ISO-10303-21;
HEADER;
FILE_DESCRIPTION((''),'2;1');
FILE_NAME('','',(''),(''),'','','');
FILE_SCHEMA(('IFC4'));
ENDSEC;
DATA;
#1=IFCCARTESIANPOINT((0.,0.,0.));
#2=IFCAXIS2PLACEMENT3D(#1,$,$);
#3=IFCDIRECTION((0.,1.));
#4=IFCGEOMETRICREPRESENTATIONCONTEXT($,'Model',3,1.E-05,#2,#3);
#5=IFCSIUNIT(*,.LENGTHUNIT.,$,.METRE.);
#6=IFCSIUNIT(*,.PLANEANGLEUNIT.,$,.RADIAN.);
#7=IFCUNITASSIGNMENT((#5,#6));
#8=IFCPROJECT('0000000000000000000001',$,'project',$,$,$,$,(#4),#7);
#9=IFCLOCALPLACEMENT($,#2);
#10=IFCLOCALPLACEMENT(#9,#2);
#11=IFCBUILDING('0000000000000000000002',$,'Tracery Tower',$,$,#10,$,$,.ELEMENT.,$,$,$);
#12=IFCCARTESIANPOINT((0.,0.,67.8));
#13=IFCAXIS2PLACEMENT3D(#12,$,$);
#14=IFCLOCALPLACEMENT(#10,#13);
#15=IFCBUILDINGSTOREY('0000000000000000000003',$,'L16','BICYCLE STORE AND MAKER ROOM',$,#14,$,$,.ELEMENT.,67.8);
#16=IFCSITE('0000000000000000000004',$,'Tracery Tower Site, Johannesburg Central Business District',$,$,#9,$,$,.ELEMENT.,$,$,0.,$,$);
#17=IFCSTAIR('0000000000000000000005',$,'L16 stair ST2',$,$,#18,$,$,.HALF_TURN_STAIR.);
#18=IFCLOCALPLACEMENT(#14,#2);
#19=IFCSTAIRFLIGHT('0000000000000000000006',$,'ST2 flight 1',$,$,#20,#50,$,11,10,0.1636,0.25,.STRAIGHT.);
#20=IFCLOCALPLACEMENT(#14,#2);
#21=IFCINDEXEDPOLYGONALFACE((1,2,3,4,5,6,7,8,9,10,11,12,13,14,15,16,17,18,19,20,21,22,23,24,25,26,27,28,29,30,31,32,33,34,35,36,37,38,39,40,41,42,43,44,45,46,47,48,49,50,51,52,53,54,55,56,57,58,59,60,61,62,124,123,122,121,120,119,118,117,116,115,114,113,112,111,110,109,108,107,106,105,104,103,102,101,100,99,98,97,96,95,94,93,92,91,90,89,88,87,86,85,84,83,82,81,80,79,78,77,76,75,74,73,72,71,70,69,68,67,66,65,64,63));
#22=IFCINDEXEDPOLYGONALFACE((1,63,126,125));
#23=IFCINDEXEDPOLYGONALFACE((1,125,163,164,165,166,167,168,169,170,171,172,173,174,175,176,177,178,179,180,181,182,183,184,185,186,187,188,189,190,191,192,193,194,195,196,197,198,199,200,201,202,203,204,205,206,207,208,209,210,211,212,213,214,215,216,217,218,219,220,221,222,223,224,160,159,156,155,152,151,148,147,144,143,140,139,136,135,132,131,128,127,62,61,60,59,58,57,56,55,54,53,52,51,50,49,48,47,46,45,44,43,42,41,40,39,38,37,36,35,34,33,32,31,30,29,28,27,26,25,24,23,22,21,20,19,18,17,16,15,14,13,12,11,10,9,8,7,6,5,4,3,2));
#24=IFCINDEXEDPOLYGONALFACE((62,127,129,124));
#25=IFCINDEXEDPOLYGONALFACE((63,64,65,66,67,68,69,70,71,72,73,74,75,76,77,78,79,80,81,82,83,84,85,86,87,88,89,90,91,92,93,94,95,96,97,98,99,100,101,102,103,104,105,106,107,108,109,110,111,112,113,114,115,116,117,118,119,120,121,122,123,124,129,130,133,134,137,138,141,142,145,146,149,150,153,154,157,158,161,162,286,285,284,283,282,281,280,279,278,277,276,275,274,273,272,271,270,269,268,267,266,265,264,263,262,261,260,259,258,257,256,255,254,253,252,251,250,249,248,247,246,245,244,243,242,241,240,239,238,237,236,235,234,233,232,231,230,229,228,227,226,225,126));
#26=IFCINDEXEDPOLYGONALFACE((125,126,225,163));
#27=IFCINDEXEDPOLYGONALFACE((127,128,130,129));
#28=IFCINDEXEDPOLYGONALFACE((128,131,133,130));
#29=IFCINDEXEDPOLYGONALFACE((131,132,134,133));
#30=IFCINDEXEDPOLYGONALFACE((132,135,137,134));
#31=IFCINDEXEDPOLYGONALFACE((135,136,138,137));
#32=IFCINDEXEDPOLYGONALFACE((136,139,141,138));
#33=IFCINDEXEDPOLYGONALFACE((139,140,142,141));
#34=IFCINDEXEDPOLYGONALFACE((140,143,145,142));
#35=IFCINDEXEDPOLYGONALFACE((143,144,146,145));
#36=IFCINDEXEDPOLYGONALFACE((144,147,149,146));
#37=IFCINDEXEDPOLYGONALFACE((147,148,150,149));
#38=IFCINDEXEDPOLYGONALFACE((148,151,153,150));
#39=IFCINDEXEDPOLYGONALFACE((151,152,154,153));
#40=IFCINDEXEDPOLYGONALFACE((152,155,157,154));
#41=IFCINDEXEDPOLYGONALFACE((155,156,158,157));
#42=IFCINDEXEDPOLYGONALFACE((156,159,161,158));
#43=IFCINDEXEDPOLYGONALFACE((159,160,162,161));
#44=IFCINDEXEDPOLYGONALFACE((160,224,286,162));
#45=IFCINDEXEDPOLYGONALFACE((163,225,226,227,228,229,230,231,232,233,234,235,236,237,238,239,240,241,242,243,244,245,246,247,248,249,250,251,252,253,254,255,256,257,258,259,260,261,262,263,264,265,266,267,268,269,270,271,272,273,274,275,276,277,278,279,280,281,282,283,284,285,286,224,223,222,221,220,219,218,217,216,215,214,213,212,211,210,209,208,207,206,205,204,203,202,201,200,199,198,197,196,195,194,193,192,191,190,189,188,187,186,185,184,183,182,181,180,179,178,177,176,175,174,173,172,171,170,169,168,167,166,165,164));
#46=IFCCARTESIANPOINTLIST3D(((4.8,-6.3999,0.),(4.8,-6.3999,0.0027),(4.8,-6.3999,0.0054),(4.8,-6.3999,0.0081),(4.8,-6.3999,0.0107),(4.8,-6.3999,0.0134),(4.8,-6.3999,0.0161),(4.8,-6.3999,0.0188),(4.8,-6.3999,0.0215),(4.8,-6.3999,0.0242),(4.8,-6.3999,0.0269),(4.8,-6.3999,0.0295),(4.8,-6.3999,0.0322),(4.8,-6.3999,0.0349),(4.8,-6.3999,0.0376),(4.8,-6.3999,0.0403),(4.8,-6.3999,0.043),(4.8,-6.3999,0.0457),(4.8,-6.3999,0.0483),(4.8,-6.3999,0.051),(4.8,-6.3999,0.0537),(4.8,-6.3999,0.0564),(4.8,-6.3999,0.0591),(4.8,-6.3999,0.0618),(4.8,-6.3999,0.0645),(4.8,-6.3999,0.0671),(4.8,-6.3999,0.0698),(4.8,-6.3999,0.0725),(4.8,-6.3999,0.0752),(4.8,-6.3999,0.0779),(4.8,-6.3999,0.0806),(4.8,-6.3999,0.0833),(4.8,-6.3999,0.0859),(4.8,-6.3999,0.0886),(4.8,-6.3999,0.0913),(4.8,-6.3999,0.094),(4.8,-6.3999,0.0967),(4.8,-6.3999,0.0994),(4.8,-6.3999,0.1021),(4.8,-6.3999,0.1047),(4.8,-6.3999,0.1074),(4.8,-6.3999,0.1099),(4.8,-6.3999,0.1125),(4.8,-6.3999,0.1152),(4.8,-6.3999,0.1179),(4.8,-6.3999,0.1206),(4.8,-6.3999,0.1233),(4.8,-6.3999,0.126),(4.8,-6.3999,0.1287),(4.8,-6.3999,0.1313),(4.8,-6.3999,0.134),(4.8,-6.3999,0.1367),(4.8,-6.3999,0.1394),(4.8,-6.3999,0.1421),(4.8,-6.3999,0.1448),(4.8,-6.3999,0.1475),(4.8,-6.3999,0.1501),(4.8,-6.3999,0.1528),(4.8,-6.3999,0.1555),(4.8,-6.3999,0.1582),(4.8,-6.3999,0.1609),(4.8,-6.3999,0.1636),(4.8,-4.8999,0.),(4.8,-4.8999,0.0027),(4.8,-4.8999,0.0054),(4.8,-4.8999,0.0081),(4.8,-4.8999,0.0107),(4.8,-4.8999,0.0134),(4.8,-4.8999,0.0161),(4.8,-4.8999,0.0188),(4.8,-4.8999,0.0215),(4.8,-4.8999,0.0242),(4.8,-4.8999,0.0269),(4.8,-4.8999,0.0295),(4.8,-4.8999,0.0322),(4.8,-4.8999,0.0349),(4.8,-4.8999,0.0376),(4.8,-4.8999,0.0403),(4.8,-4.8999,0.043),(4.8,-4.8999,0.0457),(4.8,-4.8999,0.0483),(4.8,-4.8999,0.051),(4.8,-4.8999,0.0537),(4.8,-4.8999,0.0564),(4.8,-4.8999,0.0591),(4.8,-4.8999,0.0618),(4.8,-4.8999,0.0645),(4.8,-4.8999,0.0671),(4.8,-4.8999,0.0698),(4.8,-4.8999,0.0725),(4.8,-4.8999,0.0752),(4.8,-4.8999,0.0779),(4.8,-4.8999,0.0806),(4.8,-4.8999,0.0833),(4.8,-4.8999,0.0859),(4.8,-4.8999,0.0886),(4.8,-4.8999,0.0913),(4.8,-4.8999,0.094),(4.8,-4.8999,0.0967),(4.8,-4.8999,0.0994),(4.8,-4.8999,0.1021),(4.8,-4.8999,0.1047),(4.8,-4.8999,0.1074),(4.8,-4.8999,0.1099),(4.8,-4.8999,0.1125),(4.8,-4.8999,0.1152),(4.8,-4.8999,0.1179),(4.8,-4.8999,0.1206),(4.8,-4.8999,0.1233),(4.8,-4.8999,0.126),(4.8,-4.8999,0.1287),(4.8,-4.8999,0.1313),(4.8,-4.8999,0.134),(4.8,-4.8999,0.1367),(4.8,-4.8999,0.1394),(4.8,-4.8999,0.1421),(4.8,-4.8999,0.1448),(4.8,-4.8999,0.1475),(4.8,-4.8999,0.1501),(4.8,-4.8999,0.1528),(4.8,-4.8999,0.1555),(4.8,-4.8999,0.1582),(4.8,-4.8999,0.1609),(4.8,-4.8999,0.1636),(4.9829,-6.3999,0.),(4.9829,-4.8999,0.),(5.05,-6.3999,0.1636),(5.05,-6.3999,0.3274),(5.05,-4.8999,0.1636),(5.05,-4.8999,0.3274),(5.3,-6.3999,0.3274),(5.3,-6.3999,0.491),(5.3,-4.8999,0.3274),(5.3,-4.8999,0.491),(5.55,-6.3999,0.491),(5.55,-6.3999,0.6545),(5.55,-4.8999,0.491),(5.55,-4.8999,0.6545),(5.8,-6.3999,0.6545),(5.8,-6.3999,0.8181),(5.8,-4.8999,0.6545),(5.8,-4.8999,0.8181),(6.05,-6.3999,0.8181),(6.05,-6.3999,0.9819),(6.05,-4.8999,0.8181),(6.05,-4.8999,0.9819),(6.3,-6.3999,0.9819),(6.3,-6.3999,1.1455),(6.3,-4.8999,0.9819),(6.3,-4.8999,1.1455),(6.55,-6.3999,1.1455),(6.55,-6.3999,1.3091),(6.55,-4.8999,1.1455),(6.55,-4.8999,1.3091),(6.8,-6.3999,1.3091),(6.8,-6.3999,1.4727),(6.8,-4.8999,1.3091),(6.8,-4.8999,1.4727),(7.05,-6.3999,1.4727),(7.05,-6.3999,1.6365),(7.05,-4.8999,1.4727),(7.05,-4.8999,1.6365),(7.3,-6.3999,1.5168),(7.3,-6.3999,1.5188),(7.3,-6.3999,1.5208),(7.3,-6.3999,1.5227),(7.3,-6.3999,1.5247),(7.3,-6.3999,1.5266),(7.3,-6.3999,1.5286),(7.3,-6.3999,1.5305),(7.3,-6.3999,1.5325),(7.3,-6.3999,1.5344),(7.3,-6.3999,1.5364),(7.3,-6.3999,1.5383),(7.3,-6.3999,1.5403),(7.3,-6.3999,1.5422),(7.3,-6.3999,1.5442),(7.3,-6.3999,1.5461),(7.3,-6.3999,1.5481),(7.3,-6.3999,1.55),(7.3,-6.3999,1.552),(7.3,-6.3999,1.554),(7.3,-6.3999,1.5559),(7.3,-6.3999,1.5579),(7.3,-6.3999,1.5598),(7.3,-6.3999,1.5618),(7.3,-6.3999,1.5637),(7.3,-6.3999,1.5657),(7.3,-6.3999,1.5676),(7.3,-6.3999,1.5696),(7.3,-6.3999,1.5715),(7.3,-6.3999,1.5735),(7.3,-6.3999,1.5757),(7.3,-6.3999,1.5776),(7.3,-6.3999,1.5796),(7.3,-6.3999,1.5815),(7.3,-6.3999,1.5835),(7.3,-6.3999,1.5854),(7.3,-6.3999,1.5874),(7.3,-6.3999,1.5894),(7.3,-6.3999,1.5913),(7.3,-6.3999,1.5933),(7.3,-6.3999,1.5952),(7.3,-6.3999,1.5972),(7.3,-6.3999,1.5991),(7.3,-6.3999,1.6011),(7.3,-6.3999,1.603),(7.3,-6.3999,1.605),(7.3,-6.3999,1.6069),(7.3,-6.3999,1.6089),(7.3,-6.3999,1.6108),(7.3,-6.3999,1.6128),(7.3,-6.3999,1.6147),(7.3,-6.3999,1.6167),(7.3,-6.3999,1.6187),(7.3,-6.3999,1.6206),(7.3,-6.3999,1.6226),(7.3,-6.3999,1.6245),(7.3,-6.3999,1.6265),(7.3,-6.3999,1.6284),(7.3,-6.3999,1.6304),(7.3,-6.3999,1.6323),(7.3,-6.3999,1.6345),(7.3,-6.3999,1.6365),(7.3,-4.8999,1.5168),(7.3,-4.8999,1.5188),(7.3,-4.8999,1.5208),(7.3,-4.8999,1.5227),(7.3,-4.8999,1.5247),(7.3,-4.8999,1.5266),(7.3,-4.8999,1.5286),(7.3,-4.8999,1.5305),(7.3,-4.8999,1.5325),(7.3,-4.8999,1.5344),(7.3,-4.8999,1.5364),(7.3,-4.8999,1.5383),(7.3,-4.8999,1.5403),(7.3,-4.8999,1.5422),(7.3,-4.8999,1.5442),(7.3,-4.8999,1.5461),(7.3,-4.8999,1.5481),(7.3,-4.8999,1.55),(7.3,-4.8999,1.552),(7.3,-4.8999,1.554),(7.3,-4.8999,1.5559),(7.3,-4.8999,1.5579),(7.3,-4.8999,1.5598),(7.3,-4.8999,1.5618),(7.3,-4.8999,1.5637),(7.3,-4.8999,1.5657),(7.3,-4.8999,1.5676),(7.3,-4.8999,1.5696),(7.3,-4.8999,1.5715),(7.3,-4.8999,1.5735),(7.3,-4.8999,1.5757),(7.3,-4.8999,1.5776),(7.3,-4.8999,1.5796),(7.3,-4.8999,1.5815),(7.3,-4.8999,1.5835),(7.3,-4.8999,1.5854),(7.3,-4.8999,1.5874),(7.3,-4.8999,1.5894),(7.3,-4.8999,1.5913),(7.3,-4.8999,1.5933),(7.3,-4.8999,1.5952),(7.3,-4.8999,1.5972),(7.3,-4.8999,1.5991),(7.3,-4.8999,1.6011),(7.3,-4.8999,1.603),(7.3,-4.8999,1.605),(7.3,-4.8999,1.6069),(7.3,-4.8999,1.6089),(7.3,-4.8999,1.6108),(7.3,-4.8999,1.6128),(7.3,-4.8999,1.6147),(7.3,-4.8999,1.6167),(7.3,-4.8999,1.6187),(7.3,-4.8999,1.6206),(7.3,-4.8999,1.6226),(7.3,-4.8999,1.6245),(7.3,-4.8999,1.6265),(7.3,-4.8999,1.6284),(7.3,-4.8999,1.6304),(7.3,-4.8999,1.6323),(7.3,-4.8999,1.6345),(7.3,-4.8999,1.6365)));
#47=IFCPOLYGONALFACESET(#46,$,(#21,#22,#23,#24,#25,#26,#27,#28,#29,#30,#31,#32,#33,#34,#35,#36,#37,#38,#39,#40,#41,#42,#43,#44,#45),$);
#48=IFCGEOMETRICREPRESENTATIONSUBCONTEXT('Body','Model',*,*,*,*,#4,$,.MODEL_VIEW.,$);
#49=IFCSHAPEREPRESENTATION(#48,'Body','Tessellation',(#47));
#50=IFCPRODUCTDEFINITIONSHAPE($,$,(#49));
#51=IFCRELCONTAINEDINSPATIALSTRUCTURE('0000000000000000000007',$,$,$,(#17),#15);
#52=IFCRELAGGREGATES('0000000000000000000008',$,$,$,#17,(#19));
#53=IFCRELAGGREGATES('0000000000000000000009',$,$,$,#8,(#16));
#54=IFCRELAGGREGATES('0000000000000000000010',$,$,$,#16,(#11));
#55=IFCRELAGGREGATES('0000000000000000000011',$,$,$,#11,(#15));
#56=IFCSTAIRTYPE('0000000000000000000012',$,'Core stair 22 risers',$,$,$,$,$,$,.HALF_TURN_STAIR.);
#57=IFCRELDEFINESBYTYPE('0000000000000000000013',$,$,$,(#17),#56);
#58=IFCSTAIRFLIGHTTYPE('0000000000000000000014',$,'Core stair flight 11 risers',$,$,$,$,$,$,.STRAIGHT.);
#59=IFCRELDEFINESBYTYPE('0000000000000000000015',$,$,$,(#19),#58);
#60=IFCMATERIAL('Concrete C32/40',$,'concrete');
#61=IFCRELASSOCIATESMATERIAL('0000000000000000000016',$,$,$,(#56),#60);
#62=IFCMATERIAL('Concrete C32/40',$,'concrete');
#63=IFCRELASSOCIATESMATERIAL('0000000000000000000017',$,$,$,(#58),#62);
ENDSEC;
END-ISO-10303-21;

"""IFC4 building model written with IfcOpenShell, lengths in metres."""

from ifc_helpers import new_model, si_unit, direction, frame, origin, place, context, subcontext, project, spatial, polyline, outline, extrude, material, type_object, element, aggregate, save


model = new_model("IFC4")

# Units and contexts
model_context = context("Model", 3, precision=1e-05, world=origin(), true_north=direction((0.0, 1.0)))
body_context = subcontext(model_context, "Body", "Model", "MODEL_VIEW")
ifc_project = project(units=[si_unit("LENGTHUNIT", "METRE"), si_unit("PLANEANGLEUNIT", "RADIAN")], contexts=[model_context])

# Site, building, storey
site_placement = place(None, origin())
site = spatial("IfcSite", under=ifc_project, at=site_placement, Name="Tracery Tower Site, Johannesburg Central Business District", CompositionType="ELEMENT", RefElevation=0.0)
building_placement = place(site_placement, origin())
building = spatial("IfcBuilding", under=site, at=building_placement, Name="Tracery Tower", CompositionType="ELEMENT")
storey_placement = place(building_placement, frame((0.0, 0.0, 67.8)))
storey = spatial("IfcBuildingStorey", under=building, at=storey_placement, Name="L16", Description="BICYCLE STORE AND MAKER ROOM", CompositionType="ELEMENT", Elevation=67.8)

# Stair, stair flight
ifc_material_1 = material(Name="Concrete C32/40", Category="concrete")
stair_type = type_object("IfcStairType", Name="Core stair 22 risers", PredefinedType="HALF_TURN_STAIR", material=ifc_material_1)
stair_placement = place(storey_placement, origin())
stair = element("IfcStair", 1, at=stair_placement, inside=storey, type_object=stair_type, Name="L16 stair ST2", PredefinedType="HALF_TURN_STAIR")
ifc_material_2 = material(Name="Concrete C32/40", Category="concrete")
stair_flight_type = type_object("IfcStairFlightType", Name="Core stair flight 11 risers", PredefinedType="STRAIGHT", material=ifc_material_2)
stair_flight_1_placement = place(storey_placement, frame((4.8, -5.6499, 0.0), z_axis=(0.0, 0.0, 1.0), x_axis=(1.0, 0.0, 0.0)))
stair_flight_1 = element("IfcStairFlight", 2, at=stair_flight_1_placement, type_object=stair_flight_type, Name="ST2 flight 1", NumberOfRisers=11, NumberOfTreads=10, PredefinedType="STRAIGHT", RiserHeight=0.1636, TreadLength=0.25, context=body_context, shape_type="SweptSolid", body=[
    extrude(outline(polyline([(0.0, 0.0), (0.0, 0.0027), (0.0, 0.0054), (0.0, 0.0081), (0.0, 0.0107), (0.0, 0.0134), (0.0, 0.0161), (0.0, 0.0188), (0.0, 0.0215), (0.0, 0.0242), (0.0, 0.0269), (0.0, 0.0295), (0.0, 0.0322), (0.0, 0.0349), (0.0, 0.0376), (0.0, 0.0403), (0.0, 0.043), (0.0, 0.0457), (0.0, 0.0483), (0.0, 0.051), (0.0, 0.0537), (0.0, 0.0564), (0.0, 0.0591), (0.0, 0.0618), (0.0, 0.0645), (0.0, 0.0671), (0.0, 0.0698), (0.0, 0.0725), (0.0, 0.0752), (0.0, 0.0779), (0.0, 0.0806), (0.0, 0.0833), (0.0, 0.0859), (0.0, 0.0886), (0.0, 0.0913), (0.0, 0.094), (0.0, 0.0967), (0.0, 0.0994), (0.0, 0.1021), (0.0, 0.1047), (0.0, 0.1074), (0.0, 0.1099), (0.0, 0.1125), (0.0, 0.1152), (0.0, 0.1179), (0.0, 0.1206), (0.0, 0.1233), (0.0, 0.126), (0.0, 0.1287), (0.0, 0.1313), (0.0, 0.134), (0.0, 0.1367), (0.0, 0.1394), (0.0, 0.1421), (0.0, 0.1448), (0.0, 0.1475), (0.0, 0.1501), (0.0, 0.1528), (0.0, 0.1555), (0.0, 0.1582), (0.0, 0.1609), (0.0, 0.1636), (0.25, 0.1636), (0.25, 0.3274), (0.5, 0.3274), (0.5, 0.491), (0.75, 0.491), (0.75, 0.6545), (1.0, 0.6545), (1.0, 0.8181), (1.25, 0.8181), (1.25, 0.9819), (1.5, 0.9819), (1.5, 1.1455), (1.75, 1.1455), (1.75, 1.3091), (2.0, 1.3091), (2.0, 1.4727), (2.25, 1.4727), (2.25, 1.6365), (2.5, 1.6365), (2.5, 1.6345), (2.5, 1.6323), (2.5, 1.6304), (2.5, 1.6284), (2.5, 1.6265), (2.5, 1.6245), (2.5, 1.6226), (2.5, 1.6206), (2.5, 1.6187), (2.5, 1.6167), (2.5, 1.6147), (2.5, 1.6128), (2.5, 1.6108), (2.5, 1.6089), (2.5, 1.6069), (2.5, 1.605), (2.5, 1.603), (2.5, 1.6011), (2.5, 1.5991), (2.5, 1.5972), (2.5, 1.5952), (2.5, 1.5933), (2.5, 1.5913), (2.5, 1.5894), (2.5, 1.5874), (2.5, 1.5854), (2.5, 1.5835), (2.5, 1.5815), (2.5, 1.5796), (2.5, 1.5776), (2.5, 1.5757), (2.5, 1.5735), (2.5, 1.5715), (2.5, 1.5696), (2.5, 1.5676), (2.5, 1.5657), (2.5, 1.5637), (2.5, 1.5618), (2.5, 1.5598), (2.5, 1.5579), (2.5, 1.5559), (2.5, 1.554), (2.5, 1.552), (2.5, 1.55), (2.5, 1.5481), (2.5, 1.5461), (2.5, 1.5442), (2.5, 1.5422), (2.5, 1.5403), (2.5, 1.5383), (2.5, 1.5364), (2.5, 1.5344), (2.5, 1.5325), (2.5, 1.5305), (2.5, 1.5286), (2.5, 1.5266), (2.5, 1.5247), (2.5, 1.5227), (2.5, 1.5208), (2.5, 1.5188), (2.5, 1.5168), (0.1829, 0.0), (0.0, 0.0)])), frame((0.0, 0.75, 0.0), z_axis=(0.0, -1.0, 0.0), x_axis=(1.0, 0.0, 0.0)), (0.0, 0.0, 1.0), 1.5),
])
aggregate(stair, [stair_flight_1])

save(model, "model.ifc")
